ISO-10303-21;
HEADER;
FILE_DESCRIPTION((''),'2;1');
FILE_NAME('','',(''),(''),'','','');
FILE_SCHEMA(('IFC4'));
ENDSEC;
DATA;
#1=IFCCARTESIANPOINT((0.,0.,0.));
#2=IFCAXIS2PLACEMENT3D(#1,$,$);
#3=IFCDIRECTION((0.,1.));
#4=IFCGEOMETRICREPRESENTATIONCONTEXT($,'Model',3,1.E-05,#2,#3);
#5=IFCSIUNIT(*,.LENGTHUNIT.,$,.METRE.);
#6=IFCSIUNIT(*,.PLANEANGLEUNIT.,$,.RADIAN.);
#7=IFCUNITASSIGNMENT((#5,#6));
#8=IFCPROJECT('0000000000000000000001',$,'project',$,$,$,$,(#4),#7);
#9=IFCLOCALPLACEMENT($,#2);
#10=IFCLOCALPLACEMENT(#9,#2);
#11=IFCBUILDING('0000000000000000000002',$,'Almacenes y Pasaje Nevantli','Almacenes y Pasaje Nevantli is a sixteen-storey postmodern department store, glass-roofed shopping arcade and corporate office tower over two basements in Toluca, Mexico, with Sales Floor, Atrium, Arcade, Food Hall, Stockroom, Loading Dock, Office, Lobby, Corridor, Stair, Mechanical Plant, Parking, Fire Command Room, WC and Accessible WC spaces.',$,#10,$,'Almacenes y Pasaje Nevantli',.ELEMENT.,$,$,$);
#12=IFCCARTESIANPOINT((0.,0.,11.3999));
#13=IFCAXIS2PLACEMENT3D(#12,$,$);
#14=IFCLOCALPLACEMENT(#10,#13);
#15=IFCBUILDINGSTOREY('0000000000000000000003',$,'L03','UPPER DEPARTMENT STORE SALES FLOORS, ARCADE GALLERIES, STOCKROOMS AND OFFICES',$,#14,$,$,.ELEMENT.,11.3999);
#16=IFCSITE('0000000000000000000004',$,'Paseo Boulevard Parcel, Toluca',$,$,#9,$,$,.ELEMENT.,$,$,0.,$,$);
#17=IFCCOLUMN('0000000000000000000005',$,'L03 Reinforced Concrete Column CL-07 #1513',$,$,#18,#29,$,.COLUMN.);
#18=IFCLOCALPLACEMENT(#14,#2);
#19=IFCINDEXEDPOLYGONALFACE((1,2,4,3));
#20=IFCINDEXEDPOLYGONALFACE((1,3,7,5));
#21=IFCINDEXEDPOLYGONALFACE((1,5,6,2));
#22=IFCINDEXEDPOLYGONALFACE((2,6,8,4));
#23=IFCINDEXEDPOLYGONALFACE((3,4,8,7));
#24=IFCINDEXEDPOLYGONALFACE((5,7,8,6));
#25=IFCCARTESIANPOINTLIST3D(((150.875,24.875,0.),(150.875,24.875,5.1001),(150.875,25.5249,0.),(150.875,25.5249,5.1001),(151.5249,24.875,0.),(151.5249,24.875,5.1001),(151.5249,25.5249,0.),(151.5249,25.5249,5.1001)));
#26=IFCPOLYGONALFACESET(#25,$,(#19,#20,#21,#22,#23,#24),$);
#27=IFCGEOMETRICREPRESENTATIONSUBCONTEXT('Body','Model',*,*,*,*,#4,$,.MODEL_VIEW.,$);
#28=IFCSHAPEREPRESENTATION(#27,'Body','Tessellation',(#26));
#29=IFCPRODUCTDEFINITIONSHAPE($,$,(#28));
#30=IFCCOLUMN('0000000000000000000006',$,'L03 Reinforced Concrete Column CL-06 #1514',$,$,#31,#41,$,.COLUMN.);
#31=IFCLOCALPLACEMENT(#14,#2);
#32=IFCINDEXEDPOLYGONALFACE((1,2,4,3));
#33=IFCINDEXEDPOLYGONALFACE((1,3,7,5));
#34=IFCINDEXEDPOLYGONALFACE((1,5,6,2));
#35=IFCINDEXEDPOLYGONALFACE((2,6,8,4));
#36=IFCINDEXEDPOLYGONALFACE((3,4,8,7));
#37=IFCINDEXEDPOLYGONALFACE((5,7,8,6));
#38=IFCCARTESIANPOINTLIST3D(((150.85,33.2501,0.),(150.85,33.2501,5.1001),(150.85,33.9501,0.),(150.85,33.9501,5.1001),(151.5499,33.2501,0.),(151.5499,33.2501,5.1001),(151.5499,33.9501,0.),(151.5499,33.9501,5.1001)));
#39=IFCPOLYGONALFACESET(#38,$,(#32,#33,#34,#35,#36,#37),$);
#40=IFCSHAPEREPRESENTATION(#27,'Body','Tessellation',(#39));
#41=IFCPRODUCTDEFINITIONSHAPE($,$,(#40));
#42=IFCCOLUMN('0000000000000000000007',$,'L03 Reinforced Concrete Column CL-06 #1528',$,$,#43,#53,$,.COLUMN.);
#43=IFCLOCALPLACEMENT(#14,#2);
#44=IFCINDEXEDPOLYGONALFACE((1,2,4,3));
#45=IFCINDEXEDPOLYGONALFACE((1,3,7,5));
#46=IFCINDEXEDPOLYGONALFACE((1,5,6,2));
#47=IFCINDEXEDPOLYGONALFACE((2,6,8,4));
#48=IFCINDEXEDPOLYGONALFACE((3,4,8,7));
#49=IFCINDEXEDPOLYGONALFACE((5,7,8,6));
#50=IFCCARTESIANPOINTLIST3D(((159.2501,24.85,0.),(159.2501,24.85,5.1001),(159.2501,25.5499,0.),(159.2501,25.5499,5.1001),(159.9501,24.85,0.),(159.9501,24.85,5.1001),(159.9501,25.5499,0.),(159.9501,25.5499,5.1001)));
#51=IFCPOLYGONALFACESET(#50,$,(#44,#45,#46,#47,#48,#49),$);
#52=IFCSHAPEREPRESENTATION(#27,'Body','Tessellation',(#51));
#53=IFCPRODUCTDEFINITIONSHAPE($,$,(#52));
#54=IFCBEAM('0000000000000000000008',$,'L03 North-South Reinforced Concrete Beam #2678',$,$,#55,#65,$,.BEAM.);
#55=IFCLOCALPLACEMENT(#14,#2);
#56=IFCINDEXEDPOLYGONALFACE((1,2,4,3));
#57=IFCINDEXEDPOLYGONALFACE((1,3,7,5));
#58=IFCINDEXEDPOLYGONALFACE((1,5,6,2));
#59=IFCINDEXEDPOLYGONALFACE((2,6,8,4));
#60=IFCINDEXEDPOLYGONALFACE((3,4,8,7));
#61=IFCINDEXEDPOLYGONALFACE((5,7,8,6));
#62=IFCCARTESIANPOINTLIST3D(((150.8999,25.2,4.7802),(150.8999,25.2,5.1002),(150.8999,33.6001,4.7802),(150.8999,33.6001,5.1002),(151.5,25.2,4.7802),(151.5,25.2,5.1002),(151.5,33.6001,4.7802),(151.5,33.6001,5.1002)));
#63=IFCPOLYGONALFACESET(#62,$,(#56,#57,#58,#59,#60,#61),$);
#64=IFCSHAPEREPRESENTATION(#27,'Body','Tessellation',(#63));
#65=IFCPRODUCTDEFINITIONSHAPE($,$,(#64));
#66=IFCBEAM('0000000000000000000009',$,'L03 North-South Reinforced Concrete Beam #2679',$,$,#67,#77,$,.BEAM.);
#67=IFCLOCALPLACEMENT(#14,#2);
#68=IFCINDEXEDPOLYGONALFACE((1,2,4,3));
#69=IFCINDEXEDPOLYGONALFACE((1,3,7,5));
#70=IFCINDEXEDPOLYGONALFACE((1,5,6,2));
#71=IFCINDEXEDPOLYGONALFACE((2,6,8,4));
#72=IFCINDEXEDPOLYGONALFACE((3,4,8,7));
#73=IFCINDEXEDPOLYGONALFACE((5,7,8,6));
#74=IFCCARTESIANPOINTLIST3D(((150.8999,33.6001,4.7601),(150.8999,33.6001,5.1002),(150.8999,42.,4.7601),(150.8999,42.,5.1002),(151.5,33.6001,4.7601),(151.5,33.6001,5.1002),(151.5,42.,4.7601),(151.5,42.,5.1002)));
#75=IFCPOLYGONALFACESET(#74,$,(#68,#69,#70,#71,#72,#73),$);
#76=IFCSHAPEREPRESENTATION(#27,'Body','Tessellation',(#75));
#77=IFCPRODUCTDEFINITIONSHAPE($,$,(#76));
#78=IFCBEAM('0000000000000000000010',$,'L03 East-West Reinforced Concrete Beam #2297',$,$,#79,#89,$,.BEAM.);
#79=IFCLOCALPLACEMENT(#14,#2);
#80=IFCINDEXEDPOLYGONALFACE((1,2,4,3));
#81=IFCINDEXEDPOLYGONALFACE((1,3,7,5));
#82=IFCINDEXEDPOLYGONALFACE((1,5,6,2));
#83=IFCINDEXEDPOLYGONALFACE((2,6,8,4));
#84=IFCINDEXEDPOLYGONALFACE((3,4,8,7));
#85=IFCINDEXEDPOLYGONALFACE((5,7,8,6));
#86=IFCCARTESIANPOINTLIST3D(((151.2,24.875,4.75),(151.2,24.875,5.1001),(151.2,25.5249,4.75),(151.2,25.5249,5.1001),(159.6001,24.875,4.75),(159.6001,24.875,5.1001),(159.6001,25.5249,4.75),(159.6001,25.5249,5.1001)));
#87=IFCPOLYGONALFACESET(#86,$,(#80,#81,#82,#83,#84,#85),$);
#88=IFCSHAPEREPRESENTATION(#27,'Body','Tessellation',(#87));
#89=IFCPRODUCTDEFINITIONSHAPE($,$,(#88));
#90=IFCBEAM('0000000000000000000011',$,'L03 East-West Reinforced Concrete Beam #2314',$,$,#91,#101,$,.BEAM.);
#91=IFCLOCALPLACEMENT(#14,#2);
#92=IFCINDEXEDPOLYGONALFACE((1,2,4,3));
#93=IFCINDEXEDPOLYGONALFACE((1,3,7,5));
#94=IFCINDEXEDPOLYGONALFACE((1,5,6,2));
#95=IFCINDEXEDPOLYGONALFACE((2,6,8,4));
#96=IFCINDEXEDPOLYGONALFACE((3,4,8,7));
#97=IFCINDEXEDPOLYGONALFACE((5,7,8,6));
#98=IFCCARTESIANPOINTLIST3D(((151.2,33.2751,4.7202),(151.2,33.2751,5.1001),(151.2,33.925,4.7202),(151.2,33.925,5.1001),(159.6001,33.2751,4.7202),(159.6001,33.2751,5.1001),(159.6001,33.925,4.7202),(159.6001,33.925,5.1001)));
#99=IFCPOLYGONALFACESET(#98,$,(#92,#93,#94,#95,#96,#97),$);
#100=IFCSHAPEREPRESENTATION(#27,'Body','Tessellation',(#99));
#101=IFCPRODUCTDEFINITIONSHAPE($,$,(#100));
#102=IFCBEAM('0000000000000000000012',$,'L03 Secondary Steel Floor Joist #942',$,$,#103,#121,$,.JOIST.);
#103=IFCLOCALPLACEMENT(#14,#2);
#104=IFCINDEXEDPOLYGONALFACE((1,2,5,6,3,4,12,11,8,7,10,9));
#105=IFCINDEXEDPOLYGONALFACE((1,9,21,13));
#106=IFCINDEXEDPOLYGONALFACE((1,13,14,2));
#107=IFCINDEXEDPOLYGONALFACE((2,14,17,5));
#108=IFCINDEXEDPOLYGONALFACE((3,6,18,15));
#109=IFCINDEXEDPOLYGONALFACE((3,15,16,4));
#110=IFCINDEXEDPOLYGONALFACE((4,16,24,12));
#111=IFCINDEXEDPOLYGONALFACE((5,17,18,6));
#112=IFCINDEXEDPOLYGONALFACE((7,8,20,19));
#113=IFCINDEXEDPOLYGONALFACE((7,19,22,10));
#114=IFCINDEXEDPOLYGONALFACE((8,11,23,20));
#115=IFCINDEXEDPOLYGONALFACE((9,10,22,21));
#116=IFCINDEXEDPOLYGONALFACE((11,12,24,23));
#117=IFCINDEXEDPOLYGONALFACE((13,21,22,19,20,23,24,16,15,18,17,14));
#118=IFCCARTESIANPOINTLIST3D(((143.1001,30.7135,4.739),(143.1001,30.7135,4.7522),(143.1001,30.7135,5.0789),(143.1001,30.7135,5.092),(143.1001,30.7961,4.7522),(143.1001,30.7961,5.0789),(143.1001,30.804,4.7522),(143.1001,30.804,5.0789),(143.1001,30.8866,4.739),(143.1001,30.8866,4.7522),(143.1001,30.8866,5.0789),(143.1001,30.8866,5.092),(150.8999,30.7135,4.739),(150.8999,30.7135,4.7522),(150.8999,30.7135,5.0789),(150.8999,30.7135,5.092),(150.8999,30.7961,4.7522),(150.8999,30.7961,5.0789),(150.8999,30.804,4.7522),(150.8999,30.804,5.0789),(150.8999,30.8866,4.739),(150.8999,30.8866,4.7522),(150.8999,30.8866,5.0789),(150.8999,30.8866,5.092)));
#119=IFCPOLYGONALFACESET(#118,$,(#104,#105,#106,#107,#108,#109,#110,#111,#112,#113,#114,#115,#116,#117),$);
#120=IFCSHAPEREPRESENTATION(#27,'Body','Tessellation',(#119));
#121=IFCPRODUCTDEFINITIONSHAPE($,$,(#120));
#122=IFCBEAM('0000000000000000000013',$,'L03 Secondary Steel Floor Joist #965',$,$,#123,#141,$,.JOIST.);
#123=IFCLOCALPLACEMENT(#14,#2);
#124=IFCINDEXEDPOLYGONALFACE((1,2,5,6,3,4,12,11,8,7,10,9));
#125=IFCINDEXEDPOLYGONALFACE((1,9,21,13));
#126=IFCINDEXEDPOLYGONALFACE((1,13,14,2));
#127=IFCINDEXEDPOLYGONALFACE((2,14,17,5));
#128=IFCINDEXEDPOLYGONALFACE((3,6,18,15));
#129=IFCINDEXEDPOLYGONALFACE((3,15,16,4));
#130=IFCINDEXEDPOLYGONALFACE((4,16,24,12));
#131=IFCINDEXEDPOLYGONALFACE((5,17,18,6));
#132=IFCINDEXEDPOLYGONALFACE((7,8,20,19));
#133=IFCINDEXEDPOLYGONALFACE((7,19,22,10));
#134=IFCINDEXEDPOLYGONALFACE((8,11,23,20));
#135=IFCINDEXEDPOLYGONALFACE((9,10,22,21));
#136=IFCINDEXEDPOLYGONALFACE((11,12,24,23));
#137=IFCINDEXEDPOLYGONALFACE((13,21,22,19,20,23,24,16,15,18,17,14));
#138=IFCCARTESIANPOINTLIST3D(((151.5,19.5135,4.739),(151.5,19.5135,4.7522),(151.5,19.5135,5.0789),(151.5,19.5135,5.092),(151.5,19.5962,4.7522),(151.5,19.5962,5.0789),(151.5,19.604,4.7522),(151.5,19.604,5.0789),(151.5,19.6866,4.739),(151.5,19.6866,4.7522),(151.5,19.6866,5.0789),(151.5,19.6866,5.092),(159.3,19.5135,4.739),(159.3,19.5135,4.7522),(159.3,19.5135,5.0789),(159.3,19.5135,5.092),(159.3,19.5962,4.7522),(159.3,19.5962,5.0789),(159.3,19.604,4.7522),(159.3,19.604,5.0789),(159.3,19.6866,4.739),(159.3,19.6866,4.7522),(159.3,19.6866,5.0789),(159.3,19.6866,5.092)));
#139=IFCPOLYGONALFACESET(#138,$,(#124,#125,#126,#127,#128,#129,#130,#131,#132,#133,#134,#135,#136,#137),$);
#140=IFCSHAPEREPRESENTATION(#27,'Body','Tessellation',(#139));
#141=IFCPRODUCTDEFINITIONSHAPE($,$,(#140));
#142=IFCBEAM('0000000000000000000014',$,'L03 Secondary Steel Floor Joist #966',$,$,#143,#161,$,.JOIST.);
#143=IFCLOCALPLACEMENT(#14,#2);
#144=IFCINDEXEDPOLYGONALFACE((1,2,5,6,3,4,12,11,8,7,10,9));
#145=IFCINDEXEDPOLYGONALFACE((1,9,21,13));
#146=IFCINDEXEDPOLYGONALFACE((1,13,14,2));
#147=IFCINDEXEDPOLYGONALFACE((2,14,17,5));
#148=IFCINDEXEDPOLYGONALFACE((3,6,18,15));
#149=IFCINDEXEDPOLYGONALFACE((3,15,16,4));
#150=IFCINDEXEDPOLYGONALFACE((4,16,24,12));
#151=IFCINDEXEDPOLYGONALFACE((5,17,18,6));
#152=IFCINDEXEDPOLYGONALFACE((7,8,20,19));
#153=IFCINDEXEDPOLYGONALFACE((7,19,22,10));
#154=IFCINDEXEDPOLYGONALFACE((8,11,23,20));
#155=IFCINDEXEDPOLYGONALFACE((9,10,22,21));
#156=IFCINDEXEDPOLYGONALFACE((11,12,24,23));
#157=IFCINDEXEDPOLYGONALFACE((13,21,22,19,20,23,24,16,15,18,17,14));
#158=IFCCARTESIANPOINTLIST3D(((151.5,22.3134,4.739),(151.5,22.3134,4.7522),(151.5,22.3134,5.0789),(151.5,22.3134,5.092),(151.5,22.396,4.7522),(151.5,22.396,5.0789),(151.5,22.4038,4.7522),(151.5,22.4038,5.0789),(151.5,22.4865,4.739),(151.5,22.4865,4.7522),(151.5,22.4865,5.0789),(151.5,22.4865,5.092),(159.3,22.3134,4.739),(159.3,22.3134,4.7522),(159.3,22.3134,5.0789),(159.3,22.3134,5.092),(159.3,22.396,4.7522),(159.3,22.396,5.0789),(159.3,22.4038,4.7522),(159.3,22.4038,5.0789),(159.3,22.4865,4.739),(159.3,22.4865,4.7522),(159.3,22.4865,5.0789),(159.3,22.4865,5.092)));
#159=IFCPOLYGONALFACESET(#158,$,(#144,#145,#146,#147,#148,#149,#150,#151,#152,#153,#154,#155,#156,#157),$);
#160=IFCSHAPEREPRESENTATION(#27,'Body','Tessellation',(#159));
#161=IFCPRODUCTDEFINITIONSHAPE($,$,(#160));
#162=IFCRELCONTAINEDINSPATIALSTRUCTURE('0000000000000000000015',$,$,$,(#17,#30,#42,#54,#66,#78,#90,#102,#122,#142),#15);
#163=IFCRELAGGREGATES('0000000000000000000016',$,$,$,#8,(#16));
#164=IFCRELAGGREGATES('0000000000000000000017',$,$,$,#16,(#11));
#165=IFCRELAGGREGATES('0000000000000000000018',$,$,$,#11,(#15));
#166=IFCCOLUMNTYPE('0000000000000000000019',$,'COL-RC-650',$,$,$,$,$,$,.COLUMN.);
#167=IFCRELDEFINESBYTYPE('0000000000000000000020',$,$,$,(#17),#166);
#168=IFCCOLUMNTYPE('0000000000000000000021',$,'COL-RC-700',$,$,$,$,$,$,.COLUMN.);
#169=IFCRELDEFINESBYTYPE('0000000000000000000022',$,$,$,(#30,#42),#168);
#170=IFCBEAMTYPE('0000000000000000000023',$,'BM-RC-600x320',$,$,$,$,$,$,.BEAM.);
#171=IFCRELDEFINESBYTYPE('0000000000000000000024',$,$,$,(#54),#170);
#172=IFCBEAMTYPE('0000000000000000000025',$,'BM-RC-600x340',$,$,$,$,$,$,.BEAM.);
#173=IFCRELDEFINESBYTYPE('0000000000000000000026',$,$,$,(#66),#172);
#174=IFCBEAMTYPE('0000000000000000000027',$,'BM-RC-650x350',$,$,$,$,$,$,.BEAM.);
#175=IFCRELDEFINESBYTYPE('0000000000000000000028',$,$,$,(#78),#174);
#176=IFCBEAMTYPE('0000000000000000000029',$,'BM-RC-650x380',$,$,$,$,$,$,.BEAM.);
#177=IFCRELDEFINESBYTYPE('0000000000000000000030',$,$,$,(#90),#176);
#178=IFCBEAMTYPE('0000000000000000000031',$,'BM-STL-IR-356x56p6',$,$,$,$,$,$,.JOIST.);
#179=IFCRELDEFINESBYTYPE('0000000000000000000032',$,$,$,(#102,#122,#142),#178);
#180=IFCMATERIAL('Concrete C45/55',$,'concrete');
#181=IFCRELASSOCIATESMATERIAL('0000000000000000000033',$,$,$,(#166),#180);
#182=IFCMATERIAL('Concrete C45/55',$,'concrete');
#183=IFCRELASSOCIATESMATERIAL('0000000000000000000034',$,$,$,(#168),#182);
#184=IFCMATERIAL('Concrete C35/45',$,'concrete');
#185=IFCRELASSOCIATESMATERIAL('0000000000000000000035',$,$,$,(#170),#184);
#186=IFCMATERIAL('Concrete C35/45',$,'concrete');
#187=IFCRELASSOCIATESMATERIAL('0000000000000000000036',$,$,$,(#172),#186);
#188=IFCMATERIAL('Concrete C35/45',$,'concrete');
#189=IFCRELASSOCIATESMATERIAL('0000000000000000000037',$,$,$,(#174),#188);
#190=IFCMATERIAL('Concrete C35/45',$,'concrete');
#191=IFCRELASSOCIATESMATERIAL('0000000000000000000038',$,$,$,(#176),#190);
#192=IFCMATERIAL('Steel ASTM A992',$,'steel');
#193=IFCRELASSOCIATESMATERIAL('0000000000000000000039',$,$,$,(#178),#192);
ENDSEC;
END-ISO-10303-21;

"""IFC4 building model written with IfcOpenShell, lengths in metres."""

from ifc_helpers import new_model, si_unit, direction, frame, origin, origin_2d, place, context, subcontext, project, spatial, rectangle, i_section, extrude, material, material_profile, profile_set, type_object, element, save


model = new_model("IFC4")

# Units and contexts
model_context = context("Model", 3, precision=1e-05, world=origin(), true_north=direction((0.0, 1.0)))
body_context = subcontext(model_context, "Body", "Model", "MODEL_VIEW")
ifc_project = project(units=[si_unit("LENGTHUNIT", "METRE"), si_unit("PLANEANGLEUNIT", "RADIAN")], contexts=[model_context])

# Site, building, storey
site_placement = place(None, origin())
site = spatial("IfcSite", under=ifc_project, at=site_placement, Name="Paseo Boulevard Parcel, Toluca", CompositionType="ELEMENT", RefElevation=0.0)
building_placement = place(site_placement, origin())
building = spatial("IfcBuilding", under=site, at=building_placement, Name="Almacenes y Pasaje Nevantli", Description="Almacenes y Pasaje Nevantli is a sixteen-storey postmodern department store, glass-roofed shopping arcade and corporate office tower over two basements in Toluca, Mexico, with Sales Floor, Atrium, Arcade, Food Hall, Stockroom, Loading Dock, Office, Lobby, Corridor, Stair, Mechanical Plant, Parking, Fire Command Room, WC and Accessible WC spaces.", LongName="Almacenes y Pasaje Nevantli", CompositionType="ELEMENT")
storey_placement = place(building_placement, frame((0.0, 0.0, 11.3999)))
storey = spatial("IfcBuildingStorey", under=building, at=storey_placement, Name="L03", Description="UPPER DEPARTMENT STORE SALES FLOORS, ARCADE GALLERIES, STOCKROOMS AND OFFICES", CompositionType="ELEMENT", Elevation=11.3999)

# Columns
ifc_material_1 = material(Name="Concrete C45/55", Category="concrete")
ifc_material_profile_1 = material_profile(ifc_material_1, rectangle(XDim=0.6499, YDim=0.6499, at=origin_2d()), Name="RC-COL-650x650")
ifc_profile_set_1 = profile_set([ifc_material_profile_1], Name="Concrete C45/55")
column_type_1 = type_object("IfcColumnType", Name="COL-RC-650", PredefinedType="COLUMN", material=ifc_profile_set_1)
column_placement = place(storey_placement, frame((151.2, 25.2, 0.0), z_axis=(0.0, 0.0, 1.0), x_axis=(1.0, 0.0, 0.0)))
element("IfcColumn", 1, at=column_placement, inside=storey, type_object=column_type_1, Name="L03 Reinforced Concrete Column CL-07 #1513", PredefinedType="COLUMN", context=body_context, shape_type="SweptSolid", body=[
    extrude(rectangle(XDim=0.6499, YDim=0.6499, at=origin_2d()), origin(), (0.0, 0.0, 1.0), 5.1001),
])
ifc_material_2 = material(Name="Concrete C45/55", Category="concrete")
ifc_material_profile_2 = material_profile(ifc_material_2, rectangle(XDim=0.7, YDim=0.7, at=origin_2d()), Name="RC-COL-700x700")
ifc_profile_set_2 = profile_set([ifc_material_profile_2], Name="Concrete C45/55")
column_type_2 = type_object("IfcColumnType", Name="COL-RC-700", PredefinedType="COLUMN", material=ifc_profile_set_2)
for number, where, z_axis, x_axis, name in (
    (2, (151.2, 33.6001, 0.0), (0.0, 0.0, 1.0), (1.0, 0.0, 0.0), "L03 Reinforced Concrete Column CL-06 #1514"),
    (3, (159.6001, 25.2, 0.0), (0.0, 0.0, 1.0), (1.0, 0.0, 0.0), "L03 Reinforced Concrete Column CL-06 #1528"),
):
    element("IfcColumn", number, at=place(storey_placement, frame(where, z_axis=z_axis, x_axis=x_axis)), inside=storey, type_object=column_type_2, Name=name, PredefinedType="COLUMN", context=body_context, shape_type="SweptSolid", body=[
        extrude(rectangle(XDim=0.7, YDim=0.7, at=origin_2d()), origin(), (0.0, 0.0, 1.0), 5.1001),
    ])

# Beams
ifc_material_3 = material(Name="Concrete C35/45", Category="concrete")
ifc_material_profile_3 = material_profile(ifc_material_3, rectangle(XDim=0.6001, YDim=0.3201, at=origin_2d()), Name="RC-BM-600x320")
ifc_profile_set_3 = profile_set([ifc_material_profile_3], Name="Concrete C35/45")
beam_type_1 = type_object("IfcBeamType", Name="BM-RC-600x320", PredefinedType="BEAM", material=ifc_profile_set_3)
beam_1_placement = place(storey_placement, frame((151.2, 25.2, 4.9402), z_axis=(0.0, 1.0, 0.0), x_axis=(-1.0, 0.0, 0.0)))
element("IfcBeam", 4, at=beam_1_placement, inside=storey, type_object=beam_type_1, Name="L03 North-South Reinforced Concrete Beam #2678", PredefinedType="BEAM", context=body_context, shape_type="SweptSolid", body=[
    extrude(rectangle(XDim=0.6001, YDim=0.3201, at=origin_2d()), origin(), (0.0, 0.0, 1.0), 8.4001),
])
ifc_material_4 = material(Name="Concrete C35/45", Category="concrete")
ifc_material_profile_4 = material_profile(ifc_material_4, rectangle(XDim=0.6001, YDim=0.3401, at=origin_2d()), Name="RC-BM-600x340")
ifc_profile_set_4 = profile_set([ifc_material_profile_4], Name="Concrete C35/45")
beam_type_2 = type_object("IfcBeamType", Name="BM-RC-600x340", PredefinedType="BEAM", material=ifc_profile_set_4)
beam_2_placement = place(storey_placement, frame((151.2, 33.6001, 4.9302), z_axis=(0.0, 1.0, 0.0), x_axis=(-1.0, 0.0, 0.0)))
element("IfcBeam", 5, at=beam_2_placement, inside=storey, type_object=beam_type_2, Name="L03 North-South Reinforced Concrete Beam #2679", PredefinedType="BEAM", context=body_context, shape_type="SweptSolid", body=[
    extrude(rectangle(XDim=0.6001, YDim=0.3401, at=origin_2d()), origin(), (0.0, 0.0, 1.0), 8.3999),
])
ifc_material_5 = material(Name="Concrete C35/45", Category="concrete")
ifc_material_profile_5 = material_profile(ifc_material_5, rectangle(XDim=0.6499, YDim=0.3501, at=origin_2d()), Name="RC-BM-650x350")
ifc_profile_set_5 = profile_set([ifc_material_profile_5], Name="Concrete C35/45")
beam_type_3 = type_object("IfcBeamType", Name="BM-RC-650x350", PredefinedType="BEAM", material=ifc_profile_set_5)
beam_3_placement = place(storey_placement, frame((151.2, 25.2, 4.925), z_axis=(1.0, 0.0, 0.0), x_axis=(0.0, 1.0, 0.0)))
element("IfcBeam", 6, at=beam_3_placement, inside=storey, type_object=beam_type_3, Name="L03 East-West Reinforced Concrete Beam #2297", PredefinedType="BEAM", context=body_context, shape_type="SweptSolid", body=[
    extrude(rectangle(XDim=0.6499, YDim=0.3501, at=origin_2d()), origin(), (0.0, 0.0, 1.0), 8.4001),
])
ifc_material_6 = material(Name="Concrete C35/45", Category="concrete")
ifc_material_profile_6 = material_profile(ifc_material_6, rectangle(XDim=0.6499, YDim=0.3799, at=origin_2d()), Name="RC-BM-650x380")
ifc_profile_set_6 = profile_set([ifc_material_profile_6], Name="Concrete C35/45")
beam_type_4 = type_object("IfcBeamType", Name="BM-RC-650x380", PredefinedType="BEAM", material=ifc_profile_set_6)
beam_4_placement = place(storey_placement, frame((151.2, 33.6001, 4.9102), z_axis=(1.0, 0.0, 0.0), x_axis=(0.0, 1.0, 0.0)))
element("IfcBeam", 7, at=beam_4_placement, inside=storey, type_object=beam_type_4, Name="L03 East-West Reinforced Concrete Beam #2314", PredefinedType="BEAM", context=body_context, shape_type="SweptSolid", body=[
    extrude(rectangle(XDim=0.6499, YDim=0.3799, at=origin_2d()), origin(), (0.0, 0.0, 1.0), 8.4001),
])
ifc_material_7 = material(Name="Steel ASTM A992", Category="steel")
ifc_material_profile_7 = material_profile(ifc_material_7, i_section(OverallWidth=0.1731, OverallDepth=0.353, WebThickness=0.0078, FlangeThickness=0.0132, at=origin_2d()), Name="IR 356x56.6")
ifc_profile_set_7 = profile_set([ifc_material_profile_7], Name="Steel ASTM A992")
beam_type_5 = type_object("IfcBeamType", Name="BM-STL-IR-356x56p6", PredefinedType="JOIST", material=ifc_profile_set_7)
beam_5_placement = place(storey_placement, frame((143.1001, 30.8, 4.9155), z_axis=(1.0, 0.0, 0.0), x_axis=(0.0, 1.0, 0.0)))
element("IfcBeam", 8, at=beam_5_placement, inside=storey, type_object=beam_type_5, Name="L03 Secondary Steel Floor Joist #942", PredefinedType="JOIST", context=body_context, shape_type="SweptSolid", body=[
    extrude(i_section(OverallWidth=0.1731, OverallDepth=0.353, WebThickness=0.0078, FlangeThickness=0.0132, at=origin_2d()), origin(), (0.0, 0.0, 1.0), 7.7998),
])
for number, where, z_axis, x_axis, name in (
    (9, (151.5, 19.6001, 4.9155), (1.0, 0.0, 0.0), (0.0, 1.0, 0.0), "L03 Secondary Steel Floor Joist #965"),
    (10, (151.5, 22.3999, 4.9155), (1.0, 0.0, 0.0), (0.0, 1.0, 0.0), "L03 Secondary Steel Floor Joist #966"),
):
    element("IfcBeam", number, at=place(storey_placement, frame(where, z_axis=z_axis, x_axis=x_axis)), inside=storey, type_object=beam_type_5, Name=name, PredefinedType="JOIST", context=body_context, shape_type="SweptSolid", body=[
        extrude(i_section(OverallWidth=0.1731, OverallDepth=0.353, WebThickness=0.0078, FlangeThickness=0.0132, at=origin_2d()), origin(), (0.0, 0.0, 1.0), 7.8),
    ])

save(model, "model.ifc")
